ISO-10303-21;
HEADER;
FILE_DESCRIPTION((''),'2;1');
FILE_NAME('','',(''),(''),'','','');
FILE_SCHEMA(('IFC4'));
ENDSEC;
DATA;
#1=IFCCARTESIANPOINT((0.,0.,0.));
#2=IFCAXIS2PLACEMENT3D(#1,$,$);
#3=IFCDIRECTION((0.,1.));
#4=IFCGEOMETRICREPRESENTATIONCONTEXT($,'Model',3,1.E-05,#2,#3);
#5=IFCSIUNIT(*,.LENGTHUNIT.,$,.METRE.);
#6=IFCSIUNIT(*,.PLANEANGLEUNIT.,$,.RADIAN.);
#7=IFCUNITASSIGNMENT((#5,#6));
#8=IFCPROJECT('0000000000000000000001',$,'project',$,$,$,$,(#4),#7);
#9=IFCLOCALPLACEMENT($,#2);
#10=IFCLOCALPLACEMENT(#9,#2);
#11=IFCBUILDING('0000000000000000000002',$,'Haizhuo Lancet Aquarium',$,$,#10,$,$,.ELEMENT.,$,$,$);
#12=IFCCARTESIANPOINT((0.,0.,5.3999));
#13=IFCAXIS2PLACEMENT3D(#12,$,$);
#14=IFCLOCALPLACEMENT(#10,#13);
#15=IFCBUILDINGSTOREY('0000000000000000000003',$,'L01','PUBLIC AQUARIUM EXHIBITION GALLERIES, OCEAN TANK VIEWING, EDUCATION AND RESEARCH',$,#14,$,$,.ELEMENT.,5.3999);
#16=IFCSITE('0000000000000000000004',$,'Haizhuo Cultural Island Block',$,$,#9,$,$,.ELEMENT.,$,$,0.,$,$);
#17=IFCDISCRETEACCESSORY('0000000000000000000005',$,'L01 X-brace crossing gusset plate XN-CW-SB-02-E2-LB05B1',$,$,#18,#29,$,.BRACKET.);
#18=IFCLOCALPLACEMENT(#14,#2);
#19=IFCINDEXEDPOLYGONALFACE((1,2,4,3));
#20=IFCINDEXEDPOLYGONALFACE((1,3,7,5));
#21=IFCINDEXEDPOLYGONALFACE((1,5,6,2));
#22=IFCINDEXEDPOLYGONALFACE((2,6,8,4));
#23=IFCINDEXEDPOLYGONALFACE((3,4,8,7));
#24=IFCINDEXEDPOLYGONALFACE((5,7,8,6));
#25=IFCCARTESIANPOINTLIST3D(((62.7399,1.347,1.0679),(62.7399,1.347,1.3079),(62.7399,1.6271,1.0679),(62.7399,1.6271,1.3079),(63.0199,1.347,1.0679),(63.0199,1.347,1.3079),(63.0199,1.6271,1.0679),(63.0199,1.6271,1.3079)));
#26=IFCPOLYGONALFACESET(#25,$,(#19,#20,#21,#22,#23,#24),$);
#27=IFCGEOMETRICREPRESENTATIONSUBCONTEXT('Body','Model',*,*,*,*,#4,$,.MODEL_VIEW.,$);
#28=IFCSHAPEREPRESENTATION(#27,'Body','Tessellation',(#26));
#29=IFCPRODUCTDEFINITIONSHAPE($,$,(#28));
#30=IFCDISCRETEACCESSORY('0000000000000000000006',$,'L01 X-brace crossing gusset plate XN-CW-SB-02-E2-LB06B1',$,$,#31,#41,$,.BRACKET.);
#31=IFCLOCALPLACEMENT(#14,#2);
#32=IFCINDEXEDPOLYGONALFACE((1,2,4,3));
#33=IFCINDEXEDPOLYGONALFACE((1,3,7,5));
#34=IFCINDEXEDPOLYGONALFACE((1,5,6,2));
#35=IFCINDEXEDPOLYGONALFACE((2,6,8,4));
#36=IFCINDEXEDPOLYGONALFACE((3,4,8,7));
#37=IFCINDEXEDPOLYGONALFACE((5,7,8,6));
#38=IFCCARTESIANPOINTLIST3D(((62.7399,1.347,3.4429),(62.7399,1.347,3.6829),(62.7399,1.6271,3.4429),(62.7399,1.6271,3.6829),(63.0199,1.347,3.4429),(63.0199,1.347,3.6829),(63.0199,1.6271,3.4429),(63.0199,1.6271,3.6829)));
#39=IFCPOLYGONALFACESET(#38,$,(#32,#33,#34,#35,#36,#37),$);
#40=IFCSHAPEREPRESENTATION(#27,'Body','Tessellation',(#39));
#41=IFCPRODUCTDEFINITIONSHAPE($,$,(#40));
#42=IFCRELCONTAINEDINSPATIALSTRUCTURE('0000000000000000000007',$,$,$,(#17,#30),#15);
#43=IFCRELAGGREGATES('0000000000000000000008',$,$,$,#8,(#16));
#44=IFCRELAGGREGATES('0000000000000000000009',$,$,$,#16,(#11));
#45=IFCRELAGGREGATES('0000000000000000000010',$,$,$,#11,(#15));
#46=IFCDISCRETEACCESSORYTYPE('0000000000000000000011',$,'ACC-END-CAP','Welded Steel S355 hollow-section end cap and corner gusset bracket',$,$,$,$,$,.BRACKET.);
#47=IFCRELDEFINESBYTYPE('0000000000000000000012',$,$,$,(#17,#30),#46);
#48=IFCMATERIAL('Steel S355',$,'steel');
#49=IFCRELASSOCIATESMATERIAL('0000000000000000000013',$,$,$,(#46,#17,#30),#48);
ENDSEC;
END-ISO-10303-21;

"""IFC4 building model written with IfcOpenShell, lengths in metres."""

from ifc_helpers import new_model, si_unit, direction, frame, origin, origin_2d, place, context, subcontext, project, spatial, rectangle, extrude, material, type_object, element, save


model = new_model("IFC4")

# Units and contexts
model_context = context("Model", 3, precision=1e-05, world=origin(), true_north=direction((0.0, 1.0)))
body_context = subcontext(model_context, "Body", "Model", "MODEL_VIEW")
ifc_project = project(units=[si_unit("LENGTHUNIT", "METRE"), si_unit("PLANEANGLEUNIT", "RADIAN")], contexts=[model_context])

# Site, building, storey
site_placement = place(None, origin())
site = spatial("IfcSite", under=ifc_project, at=site_placement, Name="Haizhuo Cultural Island Block", CompositionType="ELEMENT", RefElevation=0.0)
building_placement = place(site_placement, origin())
building = spatial("IfcBuilding", under=site, at=building_placement, Name="Haizhuo Lancet Aquarium", CompositionType="ELEMENT")
storey_placement = place(building_placement, frame((0.0, 0.0, 5.3999)))
storey = spatial("IfcBuildingStorey", under=building, at=storey_placement, Name="L01", Description="PUBLIC AQUARIUM EXHIBITION GALLERIES, OCEAN TANK VIEWING, EDUCATION AND RESEARCH", CompositionType="ELEMENT", Elevation=5.3999)

# Shared definitions
ifc_material_1 = material(Name="Steel S355", Category="steel")

# Discrete accessories
discrete_accessory_type = type_object("IfcDiscreteAccessoryType", Name="ACC-END-CAP", Description="Welded Steel S355 hollow-section end cap and corner gusset bracket", PredefinedType="BRACKET", material=ifc_material_1)
for number, where, z_axis, x_axis, name in (
    (1, (62.8799, 1.4871, 1.0679), (0.0, 0.0, 1.0), (1.0, 0.0, 0.0), "L01 X-brace crossing gusset plate XN-CW-SB-02-E2-LB05B1"),
    (2, (62.8799, 1.4871, 3.4429), (0.0, 0.0, 1.0), (1.0, 0.0, 0.0), "L01 X-brace crossing gusset plate XN-CW-SB-02-E2-LB06B1"),
):
    element("IfcDiscreteAccessory", number, at=place(storey_placement, frame(where, z_axis=z_axis, x_axis=x_axis)), inside=storey, type_object=discrete_accessory_type, material=ifc_material_1, Name=name, PredefinedType="BRACKET", context=body_context, shape_type="SweptSolid", body=[
        extrude(rectangle(XDim=0.28, YDim=0.28, at=origin_2d()), origin(), (0.0, 0.0, 1.0), 0.24),
    ])

save(model, "model.ifc")
